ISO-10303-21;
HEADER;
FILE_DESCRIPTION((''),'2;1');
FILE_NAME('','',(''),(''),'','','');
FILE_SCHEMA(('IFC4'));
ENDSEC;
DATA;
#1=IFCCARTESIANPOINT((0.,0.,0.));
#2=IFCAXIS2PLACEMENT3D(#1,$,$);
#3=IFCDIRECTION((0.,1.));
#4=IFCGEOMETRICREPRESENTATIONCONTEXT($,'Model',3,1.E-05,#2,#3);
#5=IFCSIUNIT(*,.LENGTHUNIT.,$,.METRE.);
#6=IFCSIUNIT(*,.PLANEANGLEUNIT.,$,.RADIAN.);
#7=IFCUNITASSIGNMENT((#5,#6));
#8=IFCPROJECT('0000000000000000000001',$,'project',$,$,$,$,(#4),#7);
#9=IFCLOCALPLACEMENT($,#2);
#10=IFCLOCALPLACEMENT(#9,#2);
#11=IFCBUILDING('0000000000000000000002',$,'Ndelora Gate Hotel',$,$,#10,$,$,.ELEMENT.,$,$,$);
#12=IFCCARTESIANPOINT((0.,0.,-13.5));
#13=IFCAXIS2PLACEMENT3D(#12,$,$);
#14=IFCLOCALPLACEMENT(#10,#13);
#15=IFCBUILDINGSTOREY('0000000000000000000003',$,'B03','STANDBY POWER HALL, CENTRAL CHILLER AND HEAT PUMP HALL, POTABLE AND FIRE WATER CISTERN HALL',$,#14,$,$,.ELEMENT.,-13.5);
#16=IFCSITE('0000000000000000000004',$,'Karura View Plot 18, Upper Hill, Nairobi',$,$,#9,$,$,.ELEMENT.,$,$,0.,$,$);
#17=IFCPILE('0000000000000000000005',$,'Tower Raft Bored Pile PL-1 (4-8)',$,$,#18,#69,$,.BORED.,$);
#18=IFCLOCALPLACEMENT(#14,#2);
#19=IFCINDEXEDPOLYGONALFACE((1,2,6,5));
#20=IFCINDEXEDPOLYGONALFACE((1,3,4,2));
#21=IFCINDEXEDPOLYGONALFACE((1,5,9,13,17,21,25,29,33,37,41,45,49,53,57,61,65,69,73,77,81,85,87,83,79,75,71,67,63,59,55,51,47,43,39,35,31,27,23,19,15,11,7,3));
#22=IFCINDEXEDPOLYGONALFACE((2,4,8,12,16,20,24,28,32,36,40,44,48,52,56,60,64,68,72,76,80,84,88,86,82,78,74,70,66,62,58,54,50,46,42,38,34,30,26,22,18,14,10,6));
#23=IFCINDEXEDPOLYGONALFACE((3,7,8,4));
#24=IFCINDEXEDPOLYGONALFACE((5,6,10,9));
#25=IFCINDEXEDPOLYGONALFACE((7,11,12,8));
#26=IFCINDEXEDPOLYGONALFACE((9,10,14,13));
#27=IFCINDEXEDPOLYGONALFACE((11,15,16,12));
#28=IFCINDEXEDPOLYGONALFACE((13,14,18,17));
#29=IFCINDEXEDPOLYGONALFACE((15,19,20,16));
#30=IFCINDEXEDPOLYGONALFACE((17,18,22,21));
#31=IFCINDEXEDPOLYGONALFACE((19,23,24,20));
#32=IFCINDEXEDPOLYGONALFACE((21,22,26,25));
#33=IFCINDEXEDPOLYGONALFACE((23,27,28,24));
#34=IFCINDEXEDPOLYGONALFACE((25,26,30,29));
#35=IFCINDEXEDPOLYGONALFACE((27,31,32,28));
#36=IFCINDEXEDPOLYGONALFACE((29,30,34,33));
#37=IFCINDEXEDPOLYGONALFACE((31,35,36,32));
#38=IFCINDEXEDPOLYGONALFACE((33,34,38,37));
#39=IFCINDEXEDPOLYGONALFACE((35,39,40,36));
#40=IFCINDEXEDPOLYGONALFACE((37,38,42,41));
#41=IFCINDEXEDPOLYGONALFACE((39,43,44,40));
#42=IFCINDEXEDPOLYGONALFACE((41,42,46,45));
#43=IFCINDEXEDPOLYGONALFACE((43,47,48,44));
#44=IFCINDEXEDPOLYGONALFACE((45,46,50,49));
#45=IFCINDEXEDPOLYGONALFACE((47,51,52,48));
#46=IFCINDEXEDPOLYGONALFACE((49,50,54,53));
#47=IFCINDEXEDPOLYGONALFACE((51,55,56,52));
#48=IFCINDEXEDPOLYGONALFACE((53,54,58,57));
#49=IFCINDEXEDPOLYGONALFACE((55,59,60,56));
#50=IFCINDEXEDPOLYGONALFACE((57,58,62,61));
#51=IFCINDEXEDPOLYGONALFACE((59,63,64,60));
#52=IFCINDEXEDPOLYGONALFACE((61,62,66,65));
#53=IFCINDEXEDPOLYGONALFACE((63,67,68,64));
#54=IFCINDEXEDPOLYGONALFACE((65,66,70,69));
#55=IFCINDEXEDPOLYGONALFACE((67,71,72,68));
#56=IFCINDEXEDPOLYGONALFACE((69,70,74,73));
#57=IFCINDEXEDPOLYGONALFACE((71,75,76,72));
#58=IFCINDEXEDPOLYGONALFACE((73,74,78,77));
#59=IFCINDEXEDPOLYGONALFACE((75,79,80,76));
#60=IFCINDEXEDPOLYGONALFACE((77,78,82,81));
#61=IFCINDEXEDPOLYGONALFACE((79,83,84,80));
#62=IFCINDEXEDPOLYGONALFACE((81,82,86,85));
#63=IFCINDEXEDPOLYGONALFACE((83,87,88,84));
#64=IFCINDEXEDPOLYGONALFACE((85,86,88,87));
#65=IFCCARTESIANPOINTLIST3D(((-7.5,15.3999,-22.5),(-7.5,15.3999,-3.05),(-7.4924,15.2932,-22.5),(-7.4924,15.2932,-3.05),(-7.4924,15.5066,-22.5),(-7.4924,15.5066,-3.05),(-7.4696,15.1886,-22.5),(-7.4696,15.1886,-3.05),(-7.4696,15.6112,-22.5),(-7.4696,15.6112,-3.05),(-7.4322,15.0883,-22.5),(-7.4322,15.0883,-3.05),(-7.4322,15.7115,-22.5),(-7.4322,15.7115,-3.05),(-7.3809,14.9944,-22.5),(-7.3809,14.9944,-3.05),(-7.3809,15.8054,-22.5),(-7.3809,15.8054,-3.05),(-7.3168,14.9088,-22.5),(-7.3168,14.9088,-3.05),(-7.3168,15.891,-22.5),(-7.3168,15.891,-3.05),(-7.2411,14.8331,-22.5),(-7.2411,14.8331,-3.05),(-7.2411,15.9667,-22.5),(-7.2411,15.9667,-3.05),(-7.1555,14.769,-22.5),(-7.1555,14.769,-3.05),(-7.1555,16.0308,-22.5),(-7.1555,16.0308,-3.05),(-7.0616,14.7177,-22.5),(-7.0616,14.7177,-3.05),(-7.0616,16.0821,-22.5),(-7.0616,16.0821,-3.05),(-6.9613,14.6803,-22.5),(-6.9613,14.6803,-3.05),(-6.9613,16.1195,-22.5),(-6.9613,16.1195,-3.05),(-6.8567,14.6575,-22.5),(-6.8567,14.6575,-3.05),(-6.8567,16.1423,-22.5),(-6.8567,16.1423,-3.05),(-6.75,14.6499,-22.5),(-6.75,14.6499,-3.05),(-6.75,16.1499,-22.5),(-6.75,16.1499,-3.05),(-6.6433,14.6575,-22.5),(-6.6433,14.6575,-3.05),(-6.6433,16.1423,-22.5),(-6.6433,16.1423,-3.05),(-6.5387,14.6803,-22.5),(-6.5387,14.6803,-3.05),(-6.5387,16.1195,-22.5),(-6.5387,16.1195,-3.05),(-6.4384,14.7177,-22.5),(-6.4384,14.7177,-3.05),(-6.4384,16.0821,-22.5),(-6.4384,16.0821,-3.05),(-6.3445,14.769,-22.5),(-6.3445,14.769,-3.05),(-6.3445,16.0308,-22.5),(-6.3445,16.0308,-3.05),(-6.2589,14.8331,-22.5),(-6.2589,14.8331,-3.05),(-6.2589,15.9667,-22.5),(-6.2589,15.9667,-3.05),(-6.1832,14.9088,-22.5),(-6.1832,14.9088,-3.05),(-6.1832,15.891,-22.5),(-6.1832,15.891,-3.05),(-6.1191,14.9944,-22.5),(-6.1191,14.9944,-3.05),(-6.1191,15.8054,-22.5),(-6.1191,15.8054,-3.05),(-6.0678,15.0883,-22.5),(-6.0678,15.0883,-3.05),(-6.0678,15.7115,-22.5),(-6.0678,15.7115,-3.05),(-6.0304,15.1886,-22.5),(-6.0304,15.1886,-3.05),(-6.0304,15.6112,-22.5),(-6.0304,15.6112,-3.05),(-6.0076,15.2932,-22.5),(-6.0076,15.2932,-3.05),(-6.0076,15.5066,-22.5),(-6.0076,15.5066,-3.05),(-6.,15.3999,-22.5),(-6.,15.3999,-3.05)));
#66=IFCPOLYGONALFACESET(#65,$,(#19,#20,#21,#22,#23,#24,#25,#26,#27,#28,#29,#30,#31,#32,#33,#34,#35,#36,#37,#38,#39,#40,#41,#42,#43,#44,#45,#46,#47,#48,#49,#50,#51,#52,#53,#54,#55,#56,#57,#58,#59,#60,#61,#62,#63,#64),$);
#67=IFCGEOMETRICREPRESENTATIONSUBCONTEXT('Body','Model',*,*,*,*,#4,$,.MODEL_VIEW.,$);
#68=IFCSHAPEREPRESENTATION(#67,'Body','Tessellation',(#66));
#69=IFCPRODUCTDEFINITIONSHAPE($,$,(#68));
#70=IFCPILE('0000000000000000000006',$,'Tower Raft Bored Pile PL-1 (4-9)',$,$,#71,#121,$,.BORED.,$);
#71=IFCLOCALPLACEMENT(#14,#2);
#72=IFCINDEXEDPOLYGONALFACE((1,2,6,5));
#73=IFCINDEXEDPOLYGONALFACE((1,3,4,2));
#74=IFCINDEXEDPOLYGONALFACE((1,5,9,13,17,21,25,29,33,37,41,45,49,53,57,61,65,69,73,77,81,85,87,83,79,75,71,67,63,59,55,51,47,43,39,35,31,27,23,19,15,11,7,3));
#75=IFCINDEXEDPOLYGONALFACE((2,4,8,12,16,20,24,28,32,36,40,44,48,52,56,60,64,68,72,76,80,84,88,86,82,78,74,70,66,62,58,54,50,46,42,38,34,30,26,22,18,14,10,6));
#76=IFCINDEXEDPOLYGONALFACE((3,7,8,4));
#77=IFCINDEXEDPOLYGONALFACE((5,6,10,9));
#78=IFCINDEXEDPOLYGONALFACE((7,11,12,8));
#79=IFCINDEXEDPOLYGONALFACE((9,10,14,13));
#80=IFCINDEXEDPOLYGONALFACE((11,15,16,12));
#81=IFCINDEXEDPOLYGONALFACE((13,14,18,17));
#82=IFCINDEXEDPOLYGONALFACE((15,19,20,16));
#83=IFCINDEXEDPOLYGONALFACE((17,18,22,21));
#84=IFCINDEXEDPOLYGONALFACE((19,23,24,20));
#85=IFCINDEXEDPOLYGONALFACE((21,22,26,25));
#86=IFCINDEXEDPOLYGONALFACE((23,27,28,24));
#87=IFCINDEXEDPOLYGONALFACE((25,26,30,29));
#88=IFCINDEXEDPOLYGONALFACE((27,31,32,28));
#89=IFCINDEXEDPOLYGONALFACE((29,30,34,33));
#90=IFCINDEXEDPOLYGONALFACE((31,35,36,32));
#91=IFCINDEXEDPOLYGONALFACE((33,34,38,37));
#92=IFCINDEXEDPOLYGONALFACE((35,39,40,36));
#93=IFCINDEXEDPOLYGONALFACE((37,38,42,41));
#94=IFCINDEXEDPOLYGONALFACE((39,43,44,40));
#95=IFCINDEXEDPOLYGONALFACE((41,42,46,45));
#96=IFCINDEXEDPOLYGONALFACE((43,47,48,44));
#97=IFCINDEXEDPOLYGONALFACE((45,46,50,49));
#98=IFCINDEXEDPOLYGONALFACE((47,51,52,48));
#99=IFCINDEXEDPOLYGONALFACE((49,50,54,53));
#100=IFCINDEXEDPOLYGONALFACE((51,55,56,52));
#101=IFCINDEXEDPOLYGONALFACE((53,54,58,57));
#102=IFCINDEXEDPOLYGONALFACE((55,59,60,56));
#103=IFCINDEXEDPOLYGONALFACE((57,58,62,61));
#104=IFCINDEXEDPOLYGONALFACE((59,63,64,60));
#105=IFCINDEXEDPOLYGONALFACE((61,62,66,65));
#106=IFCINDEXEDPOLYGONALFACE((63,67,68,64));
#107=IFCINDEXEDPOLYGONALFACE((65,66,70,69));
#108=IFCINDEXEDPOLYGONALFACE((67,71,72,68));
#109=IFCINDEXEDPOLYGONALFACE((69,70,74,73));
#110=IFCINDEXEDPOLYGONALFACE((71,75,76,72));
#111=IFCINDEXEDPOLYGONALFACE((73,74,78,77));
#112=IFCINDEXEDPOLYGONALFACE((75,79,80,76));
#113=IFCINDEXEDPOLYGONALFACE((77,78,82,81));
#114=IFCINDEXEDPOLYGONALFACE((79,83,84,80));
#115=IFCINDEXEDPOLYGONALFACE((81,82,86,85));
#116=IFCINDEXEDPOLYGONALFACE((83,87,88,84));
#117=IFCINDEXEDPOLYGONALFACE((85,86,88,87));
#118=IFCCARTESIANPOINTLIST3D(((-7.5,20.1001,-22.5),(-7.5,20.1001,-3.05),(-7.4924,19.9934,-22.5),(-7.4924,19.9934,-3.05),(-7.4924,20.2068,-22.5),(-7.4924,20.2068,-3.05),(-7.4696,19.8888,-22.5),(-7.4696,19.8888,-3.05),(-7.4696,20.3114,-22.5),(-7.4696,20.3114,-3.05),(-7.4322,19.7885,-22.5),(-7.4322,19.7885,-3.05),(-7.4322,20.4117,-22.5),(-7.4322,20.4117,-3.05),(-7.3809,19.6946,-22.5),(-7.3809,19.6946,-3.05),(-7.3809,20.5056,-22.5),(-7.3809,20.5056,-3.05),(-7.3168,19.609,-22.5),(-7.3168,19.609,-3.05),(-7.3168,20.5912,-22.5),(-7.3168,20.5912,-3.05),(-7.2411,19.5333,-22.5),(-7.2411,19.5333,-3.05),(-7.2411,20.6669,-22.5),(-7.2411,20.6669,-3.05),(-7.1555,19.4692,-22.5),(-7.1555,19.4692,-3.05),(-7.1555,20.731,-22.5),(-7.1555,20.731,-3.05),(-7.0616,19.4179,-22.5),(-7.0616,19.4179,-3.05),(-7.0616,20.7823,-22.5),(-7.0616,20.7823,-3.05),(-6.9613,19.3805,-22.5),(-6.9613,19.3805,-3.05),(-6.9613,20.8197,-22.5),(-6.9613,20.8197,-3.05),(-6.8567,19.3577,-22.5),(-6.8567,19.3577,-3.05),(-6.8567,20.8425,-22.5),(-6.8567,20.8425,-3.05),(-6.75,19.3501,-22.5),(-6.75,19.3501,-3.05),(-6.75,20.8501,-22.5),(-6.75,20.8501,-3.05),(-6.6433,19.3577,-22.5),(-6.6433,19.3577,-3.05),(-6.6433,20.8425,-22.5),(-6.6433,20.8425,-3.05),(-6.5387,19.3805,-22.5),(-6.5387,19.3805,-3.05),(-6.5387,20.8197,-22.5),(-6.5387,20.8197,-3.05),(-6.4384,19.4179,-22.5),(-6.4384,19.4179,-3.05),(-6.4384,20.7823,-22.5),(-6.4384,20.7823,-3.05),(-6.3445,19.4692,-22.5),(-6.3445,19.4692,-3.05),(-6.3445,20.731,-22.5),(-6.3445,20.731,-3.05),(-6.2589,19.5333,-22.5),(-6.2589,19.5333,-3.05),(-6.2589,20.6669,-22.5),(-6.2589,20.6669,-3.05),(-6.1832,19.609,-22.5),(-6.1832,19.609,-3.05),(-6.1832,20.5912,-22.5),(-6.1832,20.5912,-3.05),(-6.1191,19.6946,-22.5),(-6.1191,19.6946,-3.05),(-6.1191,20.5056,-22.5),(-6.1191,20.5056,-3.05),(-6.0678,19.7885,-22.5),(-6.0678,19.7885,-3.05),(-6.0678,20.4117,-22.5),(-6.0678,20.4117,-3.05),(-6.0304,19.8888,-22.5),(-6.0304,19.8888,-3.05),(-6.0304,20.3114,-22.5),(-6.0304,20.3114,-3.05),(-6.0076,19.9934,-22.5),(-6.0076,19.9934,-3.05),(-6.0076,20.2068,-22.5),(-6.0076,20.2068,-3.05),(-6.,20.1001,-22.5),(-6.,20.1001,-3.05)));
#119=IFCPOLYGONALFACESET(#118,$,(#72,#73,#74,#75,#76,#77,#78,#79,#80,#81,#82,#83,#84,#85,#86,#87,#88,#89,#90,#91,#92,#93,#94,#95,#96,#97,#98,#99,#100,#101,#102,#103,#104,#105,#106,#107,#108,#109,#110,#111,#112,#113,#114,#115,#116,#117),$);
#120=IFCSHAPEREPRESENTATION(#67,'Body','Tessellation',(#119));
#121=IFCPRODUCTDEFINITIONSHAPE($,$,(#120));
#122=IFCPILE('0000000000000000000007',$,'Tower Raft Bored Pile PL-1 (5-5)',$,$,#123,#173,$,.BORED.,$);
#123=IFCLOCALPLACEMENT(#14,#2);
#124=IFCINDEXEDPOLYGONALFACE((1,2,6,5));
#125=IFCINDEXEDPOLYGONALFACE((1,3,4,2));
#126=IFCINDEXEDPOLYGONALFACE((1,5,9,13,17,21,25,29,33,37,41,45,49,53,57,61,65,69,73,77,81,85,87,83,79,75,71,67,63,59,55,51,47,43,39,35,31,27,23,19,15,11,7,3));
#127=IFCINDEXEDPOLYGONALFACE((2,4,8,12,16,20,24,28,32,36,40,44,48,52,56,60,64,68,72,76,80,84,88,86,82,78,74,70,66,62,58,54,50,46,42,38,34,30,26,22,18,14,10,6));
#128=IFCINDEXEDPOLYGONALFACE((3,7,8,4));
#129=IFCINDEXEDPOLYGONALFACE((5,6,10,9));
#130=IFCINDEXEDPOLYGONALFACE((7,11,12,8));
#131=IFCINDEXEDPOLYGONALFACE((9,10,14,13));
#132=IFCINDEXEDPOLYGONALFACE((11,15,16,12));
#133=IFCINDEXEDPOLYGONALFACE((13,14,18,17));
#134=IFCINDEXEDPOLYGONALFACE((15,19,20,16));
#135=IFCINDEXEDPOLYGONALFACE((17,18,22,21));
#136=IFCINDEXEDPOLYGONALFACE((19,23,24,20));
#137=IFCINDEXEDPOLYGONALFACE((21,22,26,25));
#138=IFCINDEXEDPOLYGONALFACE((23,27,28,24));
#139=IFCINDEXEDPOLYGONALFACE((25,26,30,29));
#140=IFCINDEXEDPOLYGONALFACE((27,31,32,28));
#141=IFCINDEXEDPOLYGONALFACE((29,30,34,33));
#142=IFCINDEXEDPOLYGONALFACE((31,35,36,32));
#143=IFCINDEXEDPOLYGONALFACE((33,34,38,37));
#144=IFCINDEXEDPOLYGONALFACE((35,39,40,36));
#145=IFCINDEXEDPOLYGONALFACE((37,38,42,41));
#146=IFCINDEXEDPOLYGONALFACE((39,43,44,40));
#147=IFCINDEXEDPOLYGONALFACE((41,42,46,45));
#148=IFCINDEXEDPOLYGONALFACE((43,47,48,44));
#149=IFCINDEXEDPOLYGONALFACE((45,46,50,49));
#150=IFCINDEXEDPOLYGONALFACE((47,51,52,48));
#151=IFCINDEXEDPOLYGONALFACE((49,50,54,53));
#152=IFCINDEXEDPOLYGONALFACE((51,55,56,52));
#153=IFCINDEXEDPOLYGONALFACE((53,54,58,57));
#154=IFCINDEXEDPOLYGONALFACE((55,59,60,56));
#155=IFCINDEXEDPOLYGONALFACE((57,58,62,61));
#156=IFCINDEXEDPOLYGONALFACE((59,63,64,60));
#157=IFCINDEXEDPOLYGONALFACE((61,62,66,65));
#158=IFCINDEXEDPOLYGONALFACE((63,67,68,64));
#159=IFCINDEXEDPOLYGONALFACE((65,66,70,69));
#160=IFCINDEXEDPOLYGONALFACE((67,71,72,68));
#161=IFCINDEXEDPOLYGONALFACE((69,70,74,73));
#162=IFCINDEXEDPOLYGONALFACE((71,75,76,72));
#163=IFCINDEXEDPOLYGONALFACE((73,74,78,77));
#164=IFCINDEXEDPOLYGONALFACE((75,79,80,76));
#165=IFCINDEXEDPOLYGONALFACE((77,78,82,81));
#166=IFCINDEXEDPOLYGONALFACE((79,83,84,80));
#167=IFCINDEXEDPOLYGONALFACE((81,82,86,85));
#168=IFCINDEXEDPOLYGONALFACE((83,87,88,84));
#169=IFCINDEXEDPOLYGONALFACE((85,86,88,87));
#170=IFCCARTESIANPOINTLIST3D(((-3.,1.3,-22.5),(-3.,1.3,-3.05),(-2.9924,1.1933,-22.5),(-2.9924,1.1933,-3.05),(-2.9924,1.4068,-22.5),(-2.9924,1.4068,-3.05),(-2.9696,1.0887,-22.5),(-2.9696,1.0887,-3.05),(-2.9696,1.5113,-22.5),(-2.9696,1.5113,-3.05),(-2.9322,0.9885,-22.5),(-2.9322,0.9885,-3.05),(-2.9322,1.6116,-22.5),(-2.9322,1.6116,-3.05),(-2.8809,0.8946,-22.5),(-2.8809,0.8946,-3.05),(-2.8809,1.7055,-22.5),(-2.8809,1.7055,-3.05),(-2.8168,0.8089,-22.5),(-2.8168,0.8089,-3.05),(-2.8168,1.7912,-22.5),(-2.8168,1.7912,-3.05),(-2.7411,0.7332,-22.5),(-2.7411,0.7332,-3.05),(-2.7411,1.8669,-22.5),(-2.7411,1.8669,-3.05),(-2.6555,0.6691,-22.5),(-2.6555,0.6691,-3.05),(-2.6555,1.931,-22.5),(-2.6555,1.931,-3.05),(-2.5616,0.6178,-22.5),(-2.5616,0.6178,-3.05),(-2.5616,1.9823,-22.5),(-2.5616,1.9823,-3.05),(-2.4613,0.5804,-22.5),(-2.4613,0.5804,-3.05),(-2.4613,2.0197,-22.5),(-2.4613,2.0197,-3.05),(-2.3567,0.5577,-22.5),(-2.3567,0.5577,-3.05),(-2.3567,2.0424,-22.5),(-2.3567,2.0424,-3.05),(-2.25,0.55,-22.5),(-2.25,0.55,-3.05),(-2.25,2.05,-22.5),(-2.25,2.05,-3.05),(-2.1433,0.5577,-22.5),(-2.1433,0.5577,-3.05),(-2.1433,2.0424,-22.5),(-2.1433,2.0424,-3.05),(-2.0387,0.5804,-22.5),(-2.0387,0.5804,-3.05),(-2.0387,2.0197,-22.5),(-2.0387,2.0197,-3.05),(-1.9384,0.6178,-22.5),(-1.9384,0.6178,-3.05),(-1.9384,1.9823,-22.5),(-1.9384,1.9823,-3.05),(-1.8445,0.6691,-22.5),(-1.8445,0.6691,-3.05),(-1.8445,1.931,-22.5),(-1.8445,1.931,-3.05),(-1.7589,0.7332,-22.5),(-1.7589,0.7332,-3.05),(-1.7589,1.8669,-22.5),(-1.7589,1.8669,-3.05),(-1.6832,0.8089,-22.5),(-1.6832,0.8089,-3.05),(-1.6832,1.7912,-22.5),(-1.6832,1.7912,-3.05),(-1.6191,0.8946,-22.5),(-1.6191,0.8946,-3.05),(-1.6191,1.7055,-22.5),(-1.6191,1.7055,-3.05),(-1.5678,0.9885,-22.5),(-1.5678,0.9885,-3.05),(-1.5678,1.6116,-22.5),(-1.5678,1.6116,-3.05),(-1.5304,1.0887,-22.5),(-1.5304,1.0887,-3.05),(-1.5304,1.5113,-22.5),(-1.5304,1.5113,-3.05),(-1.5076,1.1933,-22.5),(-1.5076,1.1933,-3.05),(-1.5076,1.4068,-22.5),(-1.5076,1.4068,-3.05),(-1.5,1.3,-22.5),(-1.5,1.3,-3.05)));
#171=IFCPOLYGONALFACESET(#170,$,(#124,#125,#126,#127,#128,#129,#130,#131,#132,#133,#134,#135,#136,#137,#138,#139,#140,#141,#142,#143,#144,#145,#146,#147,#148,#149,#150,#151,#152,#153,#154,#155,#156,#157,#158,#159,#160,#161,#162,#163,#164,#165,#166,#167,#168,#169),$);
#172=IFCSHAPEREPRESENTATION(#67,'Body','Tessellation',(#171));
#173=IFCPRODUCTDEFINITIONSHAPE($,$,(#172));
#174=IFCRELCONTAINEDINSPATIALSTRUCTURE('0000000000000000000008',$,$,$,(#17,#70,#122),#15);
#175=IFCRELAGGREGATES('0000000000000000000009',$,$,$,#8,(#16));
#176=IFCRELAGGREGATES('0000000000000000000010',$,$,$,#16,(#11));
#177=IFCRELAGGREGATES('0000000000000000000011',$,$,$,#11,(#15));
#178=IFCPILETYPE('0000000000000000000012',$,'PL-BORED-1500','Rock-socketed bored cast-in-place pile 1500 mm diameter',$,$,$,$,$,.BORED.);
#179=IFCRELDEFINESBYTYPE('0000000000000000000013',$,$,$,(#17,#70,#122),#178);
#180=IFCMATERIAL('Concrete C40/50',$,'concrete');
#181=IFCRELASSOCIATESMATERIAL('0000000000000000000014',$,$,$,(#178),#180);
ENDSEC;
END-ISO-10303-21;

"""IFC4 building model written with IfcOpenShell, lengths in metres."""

from ifc_helpers import new_model, si_unit, direction, frame, origin, origin_2d, place, context, subcontext, project, spatial, circle, extrude, material, material_profile, profile_set, type_object, element, save


model = new_model("IFC4")

# Units and contexts
model_context = context("Model", 3, precision=1e-05, world=origin(), true_north=direction((0.0, 1.0)))
body_context = subcontext(model_context, "Body", "Model", "MODEL_VIEW")
ifc_project = project(units=[si_unit("LENGTHUNIT", "METRE"), si_unit("PLANEANGLEUNIT", "RADIAN")], contexts=[model_context])

# Site, building, storey
site_placement = place(None, origin())
site = spatial("IfcSite", under=ifc_project, at=site_placement, Name="Karura View Plot 18, Upper Hill, Nairobi", CompositionType="ELEMENT", RefElevation=0.0)
building_placement = place(site_placement, origin())
building = spatial("IfcBuilding", under=site, at=building_placement, Name="Ndelora Gate Hotel", CompositionType="ELEMENT")
storey_placement = place(building_placement, frame((0.0, 0.0, -13.5)))
storey = spatial("IfcBuildingStorey", under=building, at=storey_placement, Name="B03", Description="STANDBY POWER HALL, CENTRAL CHILLER AND HEAT PUMP HALL, POTABLE AND FIRE WATER CISTERN HALL", CompositionType="ELEMENT", Elevation=-13.5)

# Piles
ifc_material_1 = material(Name="Concrete C40/50", Category="concrete")
ifc_material_profile_1 = material_profile(ifc_material_1, circle(Radius=0.75, at=origin_2d()), Name="PILE D1500")
ifc_profile_set_1 = profile_set([ifc_material_profile_1], Name="Concrete C40/50")
pile_type = type_object("IfcPileType", Name="PL-BORED-1500", Description="Rock-socketed bored cast-in-place pile 1500 mm diameter", PredefinedType="BORED", material=ifc_profile_set_1)
for number, where, z_axis, x_axis, name in (
    (1, (-6.75, 15.3999, -3.05), (0.0, 0.0, -1.0), (1.0, 0.0, 0.0), "Tower Raft Bored Pile PL-1 (4-8)"),
    (2, (-6.75, 20.1001, -3.05), (0.0, 0.0, -1.0), (1.0, 0.0, 0.0), "Tower Raft Bored Pile PL-1 (4-9)"),
    (3, (-2.25, 1.3, -3.05), (0.0, 0.0, -1.0), (1.0, 0.0, 0.0), "Tower Raft Bored Pile PL-1 (5-5)"),
):
    element("IfcPile", number, at=place(storey_placement, frame(where, z_axis=z_axis, x_axis=x_axis)), inside=storey, type_object=pile_type, Name=name, PredefinedType="BORED", context=body_context, shape_type="SweptSolid", body=[
        extrude(circle(Radius=0.75, at=origin_2d()), origin(), (0.0, 0.0, 1.0), 19.45),
    ])

save(model, "model.ifc")
